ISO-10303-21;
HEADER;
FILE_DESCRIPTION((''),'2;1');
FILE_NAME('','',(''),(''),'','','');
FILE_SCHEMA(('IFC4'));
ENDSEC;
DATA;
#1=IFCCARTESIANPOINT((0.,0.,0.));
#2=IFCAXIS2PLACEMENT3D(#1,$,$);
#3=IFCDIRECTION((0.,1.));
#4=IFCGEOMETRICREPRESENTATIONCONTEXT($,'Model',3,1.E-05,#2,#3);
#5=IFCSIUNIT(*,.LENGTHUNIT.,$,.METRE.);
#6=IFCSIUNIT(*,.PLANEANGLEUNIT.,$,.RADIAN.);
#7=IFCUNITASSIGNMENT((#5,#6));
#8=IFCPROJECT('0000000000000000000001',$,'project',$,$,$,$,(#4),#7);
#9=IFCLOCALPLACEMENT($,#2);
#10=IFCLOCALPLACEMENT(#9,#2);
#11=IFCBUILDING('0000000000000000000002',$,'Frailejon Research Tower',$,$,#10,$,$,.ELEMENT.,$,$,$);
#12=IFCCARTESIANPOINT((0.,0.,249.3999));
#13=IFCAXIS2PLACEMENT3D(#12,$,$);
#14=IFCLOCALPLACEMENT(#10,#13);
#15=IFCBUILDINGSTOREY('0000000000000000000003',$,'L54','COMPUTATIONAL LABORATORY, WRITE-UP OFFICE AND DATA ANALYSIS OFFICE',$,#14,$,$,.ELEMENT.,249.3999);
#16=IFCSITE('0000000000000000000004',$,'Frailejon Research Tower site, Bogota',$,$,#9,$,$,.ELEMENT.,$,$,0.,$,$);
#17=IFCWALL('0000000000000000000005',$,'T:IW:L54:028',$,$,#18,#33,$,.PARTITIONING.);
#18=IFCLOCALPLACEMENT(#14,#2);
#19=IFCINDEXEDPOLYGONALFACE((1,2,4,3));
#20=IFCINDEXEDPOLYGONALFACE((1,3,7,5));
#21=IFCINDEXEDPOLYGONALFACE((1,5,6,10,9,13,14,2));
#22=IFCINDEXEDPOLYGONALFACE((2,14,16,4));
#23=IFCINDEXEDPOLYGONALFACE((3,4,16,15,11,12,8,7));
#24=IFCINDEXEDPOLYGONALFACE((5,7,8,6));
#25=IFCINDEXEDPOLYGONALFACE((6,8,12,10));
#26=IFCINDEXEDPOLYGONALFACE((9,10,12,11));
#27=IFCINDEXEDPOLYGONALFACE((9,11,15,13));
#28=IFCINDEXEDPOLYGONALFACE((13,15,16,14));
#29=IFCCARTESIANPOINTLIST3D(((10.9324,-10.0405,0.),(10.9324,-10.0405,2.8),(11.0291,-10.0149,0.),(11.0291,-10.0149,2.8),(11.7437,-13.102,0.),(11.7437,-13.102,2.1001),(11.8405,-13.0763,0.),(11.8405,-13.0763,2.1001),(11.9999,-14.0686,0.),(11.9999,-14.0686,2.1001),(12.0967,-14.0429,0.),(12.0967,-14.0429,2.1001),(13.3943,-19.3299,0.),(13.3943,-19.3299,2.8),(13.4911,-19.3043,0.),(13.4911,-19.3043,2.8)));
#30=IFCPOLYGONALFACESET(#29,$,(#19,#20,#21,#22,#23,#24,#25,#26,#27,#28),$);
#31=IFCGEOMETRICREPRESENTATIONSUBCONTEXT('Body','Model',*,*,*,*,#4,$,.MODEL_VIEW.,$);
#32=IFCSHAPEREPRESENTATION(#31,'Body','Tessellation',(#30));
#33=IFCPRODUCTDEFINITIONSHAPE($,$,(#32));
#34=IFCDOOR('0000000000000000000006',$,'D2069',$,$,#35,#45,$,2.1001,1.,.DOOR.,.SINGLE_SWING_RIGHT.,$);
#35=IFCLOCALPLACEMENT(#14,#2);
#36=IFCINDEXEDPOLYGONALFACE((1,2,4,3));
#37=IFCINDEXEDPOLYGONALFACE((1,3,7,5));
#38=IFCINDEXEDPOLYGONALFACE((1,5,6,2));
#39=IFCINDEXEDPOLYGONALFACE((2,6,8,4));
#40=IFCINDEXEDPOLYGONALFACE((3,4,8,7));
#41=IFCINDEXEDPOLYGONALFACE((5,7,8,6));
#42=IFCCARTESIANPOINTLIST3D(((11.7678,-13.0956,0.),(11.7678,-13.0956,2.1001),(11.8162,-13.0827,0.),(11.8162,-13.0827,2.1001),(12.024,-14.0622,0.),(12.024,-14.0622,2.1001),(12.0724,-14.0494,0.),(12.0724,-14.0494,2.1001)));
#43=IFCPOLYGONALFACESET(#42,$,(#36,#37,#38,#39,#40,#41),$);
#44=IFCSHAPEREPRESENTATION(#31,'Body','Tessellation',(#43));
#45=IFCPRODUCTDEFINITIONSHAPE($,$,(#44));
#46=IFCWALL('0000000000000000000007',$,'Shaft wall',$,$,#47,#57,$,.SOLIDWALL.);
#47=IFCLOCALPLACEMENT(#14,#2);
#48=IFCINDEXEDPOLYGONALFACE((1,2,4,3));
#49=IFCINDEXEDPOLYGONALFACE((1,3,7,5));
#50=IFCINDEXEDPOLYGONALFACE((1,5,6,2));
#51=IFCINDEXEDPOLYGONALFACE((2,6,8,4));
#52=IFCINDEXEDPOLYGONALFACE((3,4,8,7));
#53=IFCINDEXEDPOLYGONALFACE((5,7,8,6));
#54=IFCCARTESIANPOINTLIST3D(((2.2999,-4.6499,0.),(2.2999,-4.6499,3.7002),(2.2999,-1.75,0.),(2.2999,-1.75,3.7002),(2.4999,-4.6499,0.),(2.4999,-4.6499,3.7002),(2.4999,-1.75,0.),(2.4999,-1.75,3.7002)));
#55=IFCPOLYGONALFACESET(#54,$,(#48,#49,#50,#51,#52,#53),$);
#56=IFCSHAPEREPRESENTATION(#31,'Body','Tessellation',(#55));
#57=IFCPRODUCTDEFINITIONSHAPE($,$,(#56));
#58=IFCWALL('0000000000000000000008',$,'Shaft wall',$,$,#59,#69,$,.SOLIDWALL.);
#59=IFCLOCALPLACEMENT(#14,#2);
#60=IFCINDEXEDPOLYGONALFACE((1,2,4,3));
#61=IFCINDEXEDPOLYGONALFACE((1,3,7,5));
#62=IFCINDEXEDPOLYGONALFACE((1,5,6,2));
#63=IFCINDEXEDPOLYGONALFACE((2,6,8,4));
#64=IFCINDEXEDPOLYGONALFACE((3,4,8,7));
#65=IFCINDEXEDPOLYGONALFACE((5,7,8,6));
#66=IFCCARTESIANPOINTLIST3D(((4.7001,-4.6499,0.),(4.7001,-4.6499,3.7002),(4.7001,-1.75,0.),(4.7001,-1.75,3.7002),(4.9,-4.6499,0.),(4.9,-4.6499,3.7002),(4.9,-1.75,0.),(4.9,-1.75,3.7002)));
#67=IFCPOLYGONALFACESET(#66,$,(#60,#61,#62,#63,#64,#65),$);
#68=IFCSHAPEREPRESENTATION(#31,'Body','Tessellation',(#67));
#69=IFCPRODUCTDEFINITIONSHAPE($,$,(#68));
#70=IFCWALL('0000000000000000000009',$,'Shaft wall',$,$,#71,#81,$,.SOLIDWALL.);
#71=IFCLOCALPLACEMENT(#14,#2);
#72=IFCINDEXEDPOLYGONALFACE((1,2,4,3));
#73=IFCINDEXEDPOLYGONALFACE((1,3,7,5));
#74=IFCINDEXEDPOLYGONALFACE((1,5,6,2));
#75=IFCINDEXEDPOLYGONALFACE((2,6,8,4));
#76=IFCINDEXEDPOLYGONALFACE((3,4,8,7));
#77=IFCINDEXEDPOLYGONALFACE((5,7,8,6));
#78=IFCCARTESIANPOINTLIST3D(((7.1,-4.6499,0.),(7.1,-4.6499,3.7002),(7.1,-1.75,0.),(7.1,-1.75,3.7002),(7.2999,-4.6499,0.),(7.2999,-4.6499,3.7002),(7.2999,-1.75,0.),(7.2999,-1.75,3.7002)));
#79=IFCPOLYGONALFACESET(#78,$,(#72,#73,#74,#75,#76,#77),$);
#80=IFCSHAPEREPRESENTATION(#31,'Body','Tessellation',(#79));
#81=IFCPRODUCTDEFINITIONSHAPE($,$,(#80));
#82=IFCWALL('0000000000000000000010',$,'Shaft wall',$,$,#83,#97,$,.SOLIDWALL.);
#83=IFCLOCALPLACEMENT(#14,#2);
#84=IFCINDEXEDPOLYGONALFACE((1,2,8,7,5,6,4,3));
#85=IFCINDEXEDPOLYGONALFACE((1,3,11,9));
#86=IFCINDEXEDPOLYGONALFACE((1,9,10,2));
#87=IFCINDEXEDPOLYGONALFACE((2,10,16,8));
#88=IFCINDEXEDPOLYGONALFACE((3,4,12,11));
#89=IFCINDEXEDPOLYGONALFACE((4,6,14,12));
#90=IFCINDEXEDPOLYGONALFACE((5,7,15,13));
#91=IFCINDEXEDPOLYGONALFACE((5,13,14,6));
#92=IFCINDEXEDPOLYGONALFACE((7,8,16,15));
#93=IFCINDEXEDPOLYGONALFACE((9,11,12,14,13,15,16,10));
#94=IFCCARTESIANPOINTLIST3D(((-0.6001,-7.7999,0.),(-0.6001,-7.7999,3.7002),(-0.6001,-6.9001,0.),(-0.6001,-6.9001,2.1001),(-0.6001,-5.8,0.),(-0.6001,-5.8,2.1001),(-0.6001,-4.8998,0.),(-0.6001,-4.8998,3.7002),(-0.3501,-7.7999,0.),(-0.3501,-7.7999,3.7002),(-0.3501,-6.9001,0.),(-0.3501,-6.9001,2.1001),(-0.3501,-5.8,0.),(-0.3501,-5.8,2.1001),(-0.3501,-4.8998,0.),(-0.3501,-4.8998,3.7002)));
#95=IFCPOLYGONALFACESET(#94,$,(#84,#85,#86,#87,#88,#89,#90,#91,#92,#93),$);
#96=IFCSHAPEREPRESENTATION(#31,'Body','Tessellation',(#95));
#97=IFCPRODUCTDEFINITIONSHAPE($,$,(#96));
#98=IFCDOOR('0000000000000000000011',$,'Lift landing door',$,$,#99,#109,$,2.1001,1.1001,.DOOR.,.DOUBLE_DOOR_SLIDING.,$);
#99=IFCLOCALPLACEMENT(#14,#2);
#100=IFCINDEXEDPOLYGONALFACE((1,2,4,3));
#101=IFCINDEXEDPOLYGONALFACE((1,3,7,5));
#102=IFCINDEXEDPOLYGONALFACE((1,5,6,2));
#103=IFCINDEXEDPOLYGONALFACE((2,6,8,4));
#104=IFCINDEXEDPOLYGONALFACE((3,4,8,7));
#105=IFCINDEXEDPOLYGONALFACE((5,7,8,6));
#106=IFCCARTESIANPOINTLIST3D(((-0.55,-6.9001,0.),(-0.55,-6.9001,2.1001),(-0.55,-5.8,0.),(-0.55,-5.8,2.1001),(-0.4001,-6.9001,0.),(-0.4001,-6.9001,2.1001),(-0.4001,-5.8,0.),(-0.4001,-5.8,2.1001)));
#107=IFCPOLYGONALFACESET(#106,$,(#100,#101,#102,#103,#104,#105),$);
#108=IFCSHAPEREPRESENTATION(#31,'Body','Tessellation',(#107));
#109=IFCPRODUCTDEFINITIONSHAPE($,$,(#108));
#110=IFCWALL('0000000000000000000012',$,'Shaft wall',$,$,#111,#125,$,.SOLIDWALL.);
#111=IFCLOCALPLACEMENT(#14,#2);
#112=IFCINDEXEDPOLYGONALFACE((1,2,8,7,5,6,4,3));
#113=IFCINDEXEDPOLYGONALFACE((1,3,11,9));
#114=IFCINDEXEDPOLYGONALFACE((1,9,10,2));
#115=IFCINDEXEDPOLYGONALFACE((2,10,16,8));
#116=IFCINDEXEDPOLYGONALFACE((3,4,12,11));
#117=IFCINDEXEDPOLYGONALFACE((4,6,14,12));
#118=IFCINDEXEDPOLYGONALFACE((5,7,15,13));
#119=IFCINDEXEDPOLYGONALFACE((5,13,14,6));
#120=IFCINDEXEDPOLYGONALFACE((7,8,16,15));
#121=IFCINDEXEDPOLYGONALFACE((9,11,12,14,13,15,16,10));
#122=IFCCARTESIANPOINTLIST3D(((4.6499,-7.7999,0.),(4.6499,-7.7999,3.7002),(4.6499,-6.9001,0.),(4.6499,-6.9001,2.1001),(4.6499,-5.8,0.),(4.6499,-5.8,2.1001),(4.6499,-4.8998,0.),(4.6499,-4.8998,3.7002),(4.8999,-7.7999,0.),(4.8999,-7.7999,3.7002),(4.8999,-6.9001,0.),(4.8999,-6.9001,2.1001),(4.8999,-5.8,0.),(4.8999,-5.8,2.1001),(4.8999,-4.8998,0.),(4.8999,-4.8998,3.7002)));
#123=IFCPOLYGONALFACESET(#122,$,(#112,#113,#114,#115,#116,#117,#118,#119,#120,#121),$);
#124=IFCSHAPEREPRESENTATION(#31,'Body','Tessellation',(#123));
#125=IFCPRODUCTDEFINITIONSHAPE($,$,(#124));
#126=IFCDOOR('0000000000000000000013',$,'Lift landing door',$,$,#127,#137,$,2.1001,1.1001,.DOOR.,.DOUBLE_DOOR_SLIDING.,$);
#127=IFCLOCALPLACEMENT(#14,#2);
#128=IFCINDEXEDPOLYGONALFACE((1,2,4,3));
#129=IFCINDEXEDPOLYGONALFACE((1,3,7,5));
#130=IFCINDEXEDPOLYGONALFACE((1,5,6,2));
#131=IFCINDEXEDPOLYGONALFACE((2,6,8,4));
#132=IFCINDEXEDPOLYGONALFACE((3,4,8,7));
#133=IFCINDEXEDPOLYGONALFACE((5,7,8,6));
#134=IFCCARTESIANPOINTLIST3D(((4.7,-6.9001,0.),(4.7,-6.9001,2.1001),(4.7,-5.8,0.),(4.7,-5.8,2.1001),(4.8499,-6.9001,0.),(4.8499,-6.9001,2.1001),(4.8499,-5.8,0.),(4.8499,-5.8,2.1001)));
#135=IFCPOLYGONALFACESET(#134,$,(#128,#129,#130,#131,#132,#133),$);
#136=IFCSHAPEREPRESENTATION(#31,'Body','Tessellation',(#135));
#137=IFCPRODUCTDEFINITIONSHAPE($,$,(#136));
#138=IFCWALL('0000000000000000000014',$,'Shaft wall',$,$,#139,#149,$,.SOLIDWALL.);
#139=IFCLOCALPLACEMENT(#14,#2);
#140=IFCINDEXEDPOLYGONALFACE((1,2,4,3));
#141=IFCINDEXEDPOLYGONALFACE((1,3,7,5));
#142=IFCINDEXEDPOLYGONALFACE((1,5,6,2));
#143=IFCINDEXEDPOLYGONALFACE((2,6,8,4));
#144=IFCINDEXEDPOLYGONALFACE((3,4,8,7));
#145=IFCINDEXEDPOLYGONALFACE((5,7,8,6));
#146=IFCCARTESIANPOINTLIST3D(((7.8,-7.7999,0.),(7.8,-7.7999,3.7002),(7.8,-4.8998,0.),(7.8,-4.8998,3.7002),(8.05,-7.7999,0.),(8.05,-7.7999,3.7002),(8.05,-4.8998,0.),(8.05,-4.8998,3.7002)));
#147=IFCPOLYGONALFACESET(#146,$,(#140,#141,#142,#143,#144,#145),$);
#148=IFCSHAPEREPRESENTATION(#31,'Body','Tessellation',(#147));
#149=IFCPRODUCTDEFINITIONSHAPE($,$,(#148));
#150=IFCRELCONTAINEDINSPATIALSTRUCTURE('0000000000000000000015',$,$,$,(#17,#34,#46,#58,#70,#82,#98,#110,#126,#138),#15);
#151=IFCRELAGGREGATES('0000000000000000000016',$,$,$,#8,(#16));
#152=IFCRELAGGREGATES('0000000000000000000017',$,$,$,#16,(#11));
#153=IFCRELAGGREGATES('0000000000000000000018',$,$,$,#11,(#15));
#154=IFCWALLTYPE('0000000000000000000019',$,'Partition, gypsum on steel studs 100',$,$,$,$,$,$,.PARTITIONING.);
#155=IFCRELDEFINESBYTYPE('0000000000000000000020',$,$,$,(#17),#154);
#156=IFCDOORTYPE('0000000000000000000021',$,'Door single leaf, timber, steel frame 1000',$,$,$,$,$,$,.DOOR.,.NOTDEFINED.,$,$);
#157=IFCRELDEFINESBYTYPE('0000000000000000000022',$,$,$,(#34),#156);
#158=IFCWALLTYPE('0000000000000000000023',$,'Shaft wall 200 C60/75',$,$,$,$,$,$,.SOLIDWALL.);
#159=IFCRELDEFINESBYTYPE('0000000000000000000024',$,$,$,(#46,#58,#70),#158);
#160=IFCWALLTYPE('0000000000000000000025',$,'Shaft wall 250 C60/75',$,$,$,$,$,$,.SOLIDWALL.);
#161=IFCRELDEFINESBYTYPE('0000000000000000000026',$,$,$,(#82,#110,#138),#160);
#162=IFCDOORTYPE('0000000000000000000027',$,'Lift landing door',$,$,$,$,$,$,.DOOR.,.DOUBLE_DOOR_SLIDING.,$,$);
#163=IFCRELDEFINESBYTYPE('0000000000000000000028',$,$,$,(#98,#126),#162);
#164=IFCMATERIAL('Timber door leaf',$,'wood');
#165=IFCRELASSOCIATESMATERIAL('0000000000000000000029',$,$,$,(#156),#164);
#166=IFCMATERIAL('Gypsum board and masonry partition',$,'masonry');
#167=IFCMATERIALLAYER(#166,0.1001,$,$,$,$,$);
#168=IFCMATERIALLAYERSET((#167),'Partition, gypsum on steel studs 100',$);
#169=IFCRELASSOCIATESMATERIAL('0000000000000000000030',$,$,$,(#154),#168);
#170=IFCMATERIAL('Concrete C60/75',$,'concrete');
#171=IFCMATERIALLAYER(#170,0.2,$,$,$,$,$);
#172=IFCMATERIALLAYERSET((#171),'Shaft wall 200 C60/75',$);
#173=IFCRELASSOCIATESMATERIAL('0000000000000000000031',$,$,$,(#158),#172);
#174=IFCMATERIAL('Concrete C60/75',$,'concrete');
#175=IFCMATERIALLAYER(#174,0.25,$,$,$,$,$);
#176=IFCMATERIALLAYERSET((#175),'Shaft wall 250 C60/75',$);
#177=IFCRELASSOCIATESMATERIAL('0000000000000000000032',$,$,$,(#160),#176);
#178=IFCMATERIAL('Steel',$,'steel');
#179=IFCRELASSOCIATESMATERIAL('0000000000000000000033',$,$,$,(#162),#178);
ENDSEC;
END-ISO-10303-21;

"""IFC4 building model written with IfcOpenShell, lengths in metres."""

from ifc_helpers import new_model, si_unit, direction, frame, frame_2d, origin, place, context, subcontext, project, spatial, rectangle, extrude, material, layer, layer_set, type_object, element, fill, save


model = new_model("IFC4")

# Units and contexts
model_context = context("Model", 3, precision=1e-05, world=origin(), true_north=direction((0.0, 1.0)))
body_context = subcontext(model_context, "Body", "Model", "MODEL_VIEW")
ifc_project = project(units=[si_unit("LENGTHUNIT", "METRE"), si_unit("PLANEANGLEUNIT", "RADIAN")], contexts=[model_context])

# Site, building, storey
site_placement = place(None, origin())
site = spatial("IfcSite", under=ifc_project, at=site_placement, Name="Frailejon Research Tower site, Bogota", CompositionType="ELEMENT", RefElevation=0.0)
building_placement = place(site_placement, origin())
building = spatial("IfcBuilding", under=site, at=building_placement, Name="Frailejon Research Tower", CompositionType="ELEMENT")
storey_placement = place(building_placement, frame((0.0, 0.0, 249.3999)))
storey = spatial("IfcBuildingStorey", under=building, at=storey_placement, Name="L54", Description="COMPUTATIONAL LABORATORY, WRITE-UP OFFICE AND DATA ANALYSIS OFFICE", CompositionType="ELEMENT", Elevation=249.3999)

# Shared definitions
ifc_material_1 = material(Name="Timber door leaf", Category="wood")
door_type_1 = type_object("IfcDoorType", Name="Door single leaf, timber, steel frame 1000", OperationType="NOTDEFINED", PredefinedType="DOOR", material=ifc_material_1)

# Shared definitions
ifc_material_2 = material(Name="Gypsum board and masonry partition", Category="masonry")
ifc_layer_1 = layer(ifc_material_2, 0.1001)
ifc_layer_set_1 = layer_set([ifc_layer_1], Name="Partition, gypsum on steel studs 100")
wall_type_1 = type_object("IfcWallType", Name="Partition, gypsum on steel studs 100", PredefinedType="PARTITIONING", material=ifc_layer_set_1)

# Wall, opening, door
wall_1_placement = place(storey_placement, frame((10.9807, -10.0276, 0.0), z_axis=(0.0, 0.0, 1.0), x_axis=(0.256182, -0.966628, 0.0)))
wall_1 = element("IfcWall", 1, at=wall_1_placement, inside=storey, type_object=wall_type_1, Name="T:IW:L54:028", PredefinedType="PARTITIONING", context=body_context, shape_type="SweptSolid", body=[
    extrude(rectangle(XDim=9.6101, YDim=0.1001, at=frame_2d((4.8052, 0.0))), origin(), (0.0, 0.0, 1.0), 2.8),
])
opening_1_placement = place(wall_1_placement, frame((3.1672, 0.0, 0.0)))
opening_1 = element("IfcOpeningElement", 2, at=opening_1_placement, cuts=wall_1, PredefinedType="OPENING", context=body_context, shape_type="SweptSolid", body=[
    extrude(rectangle(XDim=1.0, YDim=2.1001, at=frame_2d((0.5, 1.05))), frame((0.0, 0.0601, 0.0), z_axis=(0.0, -1.0, 0.0), x_axis=(1.0, 0.0, 0.0)), (0.0, 0.0, 1.0), 0.1201),
])
door_1_placement = place(opening_1_placement, origin())
door_1 = element("IfcDoor", 3, at=door_1_placement, inside=storey, type_object=door_type_1, Name="D2069", OperationType="SINGLE_SWING_RIGHT", OverallHeight=2.1001, OverallWidth=1.0, PredefinedType="DOOR", context=body_context, shape_type="SweptSolid", body=[
    extrude(rectangle(XDim=1.0, YDim=2.1001, at=frame_2d((0.5, 1.05))), frame((0.0, 0.0249, 0.0), z_axis=(0.0, -1.0, 0.0), x_axis=(1.0, 0.0, 0.0)), (0.0, 0.0, 1.0), 0.05),
])
fill(opening_1, door_1)

# Walls
ifc_material_3 = material(Name="Concrete C60/75", Category="concrete")
ifc_layer_2 = layer(ifc_material_3, 0.2)
ifc_layer_set_2 = layer_set([ifc_layer_2], Name="Shaft wall 200 C60/75")
wall_type_2 = type_object("IfcWallType", Name="Shaft wall 200 C60/75", PredefinedType="SOLIDWALL", material=ifc_layer_set_2)
for number, where, z_axis, x_axis, name in (
    (4, (2.3999, -4.6499, 0.0), (0.0, 0.0, 1.0), (0.0, 1.0, 0.0), "Shaft wall"),
    (5, (4.8, -4.6499, 0.0), (0.0, 0.0, 1.0), (0.0, 1.0, 0.0), "Shaft wall"),
    (6, (7.2, -4.6499, 0.0), (0.0, 0.0, 1.0), (0.0, 1.0, 0.0), "Shaft wall"),
):
    element("IfcWall", number, at=place(storey_placement, frame(where, z_axis=z_axis, x_axis=x_axis)), inside=storey, type_object=wall_type_2, Name=name, PredefinedType="SOLIDWALL", context=body_context, shape_type="SweptSolid", body=[
        extrude(rectangle(XDim=2.8999, YDim=0.2, at=frame_2d((1.45, 0.0))), origin(), (0.0, 0.0, 1.0), 3.7002),
    ])

# Walls, openings, doors
ifc_material_4 = material(Name="Concrete C60/75", Category="concrete")
ifc_layer_3 = layer(ifc_material_4, 0.25)
ifc_layer_set_3 = layer_set([ifc_layer_3], Name="Shaft wall 250 C60/75")
wall_type_3 = type_object("IfcWallType", Name="Shaft wall 250 C60/75", PredefinedType="SOLIDWALL", material=ifc_layer_set_3)
wall_2_placement = place(storey_placement, frame((-0.4751, -7.8, 0.0), z_axis=(0.0, 0.0, 1.0), x_axis=(0.0, 1.0, 0.0)))
wall_2 = element("IfcWall", 7, at=wall_2_placement, inside=storey, type_object=wall_type_3, Name="Shaft wall", PredefinedType="SOLIDWALL", context=body_context, shape_type="SweptSolid", body=[
    extrude(rectangle(XDim=2.9001, YDim=0.25, at=frame_2d((1.4502, 0.0))), origin(), (0.0, 0.0, 1.0), 3.7002),
])
opening_2_placement = place(wall_2_placement, frame((0.8999, 0.0, 0.0)))
opening_2 = element("IfcOpeningElement", 8, at=opening_2_placement, cuts=wall_2, PredefinedType="OPENING", context=body_context, shape_type="SweptSolid", body=[
    extrude(rectangle(XDim=1.1001, YDim=2.1001, at=frame_2d((0.55, 1.05))), frame((0.0, 0.135, 0.0), z_axis=(0.0, -1.0, 0.0), x_axis=(1.0, 0.0, 0.0)), (0.0, 0.0, 1.0), 0.27),
])
ifc_material_5 = material(Name="Steel", Category="steel")
door_type_2 = type_object("IfcDoorType", Name="Lift landing door", OperationType="DOUBLE_DOOR_SLIDING", PredefinedType="DOOR", material=ifc_material_5)
door_2_placement = place(opening_2_placement, origin())
door_2 = element("IfcDoor", 9, at=door_2_placement, inside=storey, type_object=door_type_2, Name="Lift landing door", OperationType="DOUBLE_DOOR_SLIDING", OverallHeight=2.1001, OverallWidth=1.1001, PredefinedType="DOOR", context=body_context, shape_type="SweptSolid", body=[
    extrude(rectangle(XDim=1.1001, YDim=2.1001, at=frame_2d((0.55, 1.05))), frame((0.0, 0.075, 0.0), z_axis=(0.0, -1.0, 0.0), x_axis=(1.0, 0.0, 0.0)), (0.0, 0.0, 1.0), 0.1499),
])
fill(opening_2, door_2)
wall_3_placement = place(storey_placement, frame((4.7749, -7.8, 0.0), z_axis=(0.0, 0.0, 1.0), x_axis=(0.0, 1.0, 0.0)))
wall_3 = element("IfcWall", 10, at=wall_3_placement, inside=storey, type_object=wall_type_3, Name="Shaft wall", PredefinedType="SOLIDWALL", context=body_context, shape_type="SweptSolid", body=[
    extrude(rectangle(XDim=2.9001, YDim=0.25, at=frame_2d((1.4502, 0.0))), origin(), (0.0, 0.0, 1.0), 3.7002),
])
opening_3_placement = place(wall_3_placement, frame((0.8999, 0.0, 0.0)))
opening_3 = element("IfcOpeningElement", 11, at=opening_3_placement, cuts=wall_3, PredefinedType="OPENING", context=body_context, shape_type="SweptSolid", body=[
    extrude(rectangle(XDim=1.1001, YDim=2.1001, at=frame_2d((0.55, 1.05))), frame((0.0, 0.135, 0.0), z_axis=(0.0, -1.0, 0.0), x_axis=(1.0, 0.0, 0.0)), (0.0, 0.0, 1.0), 0.27),
])
door_3_placement = place(opening_3_placement, origin())
door_3 = element("IfcDoor", 12, at=door_3_placement, inside=storey, type_object=door_type_2, Name="Lift landing door", OperationType="DOUBLE_DOOR_SLIDING", OverallHeight=2.1001, OverallWidth=1.1001, PredefinedType="DOOR", context=body_context, shape_type="SweptSolid", body=[
    extrude(rectangle(XDim=1.1001, YDim=2.1001, at=frame_2d((0.55, 1.05))), frame((0.0, 0.075, 0.0), z_axis=(0.0, -1.0, 0.0), x_axis=(1.0, 0.0, 0.0)), (0.0, 0.0, 1.0), 0.1499),
])
fill(opening_3, door_3)

# Wall
wall_4_placement = place(storey_placement, frame((7.925, -7.8, 0.0), z_axis=(0.0, 0.0, 1.0), x_axis=(0.0, 1.0, 0.0)))
element("IfcWall", 13, at=wall_4_placement, inside=storey, type_object=wall_type_3, Name="Shaft wall", PredefinedType="SOLIDWALL", context=body_context, shape_type="SweptSolid", body=[
    extrude(rectangle(XDim=2.9001, YDim=0.25, at=frame_2d((1.4502, 0.0))), origin(), (0.0, 0.0, 1.0), 3.7002),
])

save(model, "model.ifc")
